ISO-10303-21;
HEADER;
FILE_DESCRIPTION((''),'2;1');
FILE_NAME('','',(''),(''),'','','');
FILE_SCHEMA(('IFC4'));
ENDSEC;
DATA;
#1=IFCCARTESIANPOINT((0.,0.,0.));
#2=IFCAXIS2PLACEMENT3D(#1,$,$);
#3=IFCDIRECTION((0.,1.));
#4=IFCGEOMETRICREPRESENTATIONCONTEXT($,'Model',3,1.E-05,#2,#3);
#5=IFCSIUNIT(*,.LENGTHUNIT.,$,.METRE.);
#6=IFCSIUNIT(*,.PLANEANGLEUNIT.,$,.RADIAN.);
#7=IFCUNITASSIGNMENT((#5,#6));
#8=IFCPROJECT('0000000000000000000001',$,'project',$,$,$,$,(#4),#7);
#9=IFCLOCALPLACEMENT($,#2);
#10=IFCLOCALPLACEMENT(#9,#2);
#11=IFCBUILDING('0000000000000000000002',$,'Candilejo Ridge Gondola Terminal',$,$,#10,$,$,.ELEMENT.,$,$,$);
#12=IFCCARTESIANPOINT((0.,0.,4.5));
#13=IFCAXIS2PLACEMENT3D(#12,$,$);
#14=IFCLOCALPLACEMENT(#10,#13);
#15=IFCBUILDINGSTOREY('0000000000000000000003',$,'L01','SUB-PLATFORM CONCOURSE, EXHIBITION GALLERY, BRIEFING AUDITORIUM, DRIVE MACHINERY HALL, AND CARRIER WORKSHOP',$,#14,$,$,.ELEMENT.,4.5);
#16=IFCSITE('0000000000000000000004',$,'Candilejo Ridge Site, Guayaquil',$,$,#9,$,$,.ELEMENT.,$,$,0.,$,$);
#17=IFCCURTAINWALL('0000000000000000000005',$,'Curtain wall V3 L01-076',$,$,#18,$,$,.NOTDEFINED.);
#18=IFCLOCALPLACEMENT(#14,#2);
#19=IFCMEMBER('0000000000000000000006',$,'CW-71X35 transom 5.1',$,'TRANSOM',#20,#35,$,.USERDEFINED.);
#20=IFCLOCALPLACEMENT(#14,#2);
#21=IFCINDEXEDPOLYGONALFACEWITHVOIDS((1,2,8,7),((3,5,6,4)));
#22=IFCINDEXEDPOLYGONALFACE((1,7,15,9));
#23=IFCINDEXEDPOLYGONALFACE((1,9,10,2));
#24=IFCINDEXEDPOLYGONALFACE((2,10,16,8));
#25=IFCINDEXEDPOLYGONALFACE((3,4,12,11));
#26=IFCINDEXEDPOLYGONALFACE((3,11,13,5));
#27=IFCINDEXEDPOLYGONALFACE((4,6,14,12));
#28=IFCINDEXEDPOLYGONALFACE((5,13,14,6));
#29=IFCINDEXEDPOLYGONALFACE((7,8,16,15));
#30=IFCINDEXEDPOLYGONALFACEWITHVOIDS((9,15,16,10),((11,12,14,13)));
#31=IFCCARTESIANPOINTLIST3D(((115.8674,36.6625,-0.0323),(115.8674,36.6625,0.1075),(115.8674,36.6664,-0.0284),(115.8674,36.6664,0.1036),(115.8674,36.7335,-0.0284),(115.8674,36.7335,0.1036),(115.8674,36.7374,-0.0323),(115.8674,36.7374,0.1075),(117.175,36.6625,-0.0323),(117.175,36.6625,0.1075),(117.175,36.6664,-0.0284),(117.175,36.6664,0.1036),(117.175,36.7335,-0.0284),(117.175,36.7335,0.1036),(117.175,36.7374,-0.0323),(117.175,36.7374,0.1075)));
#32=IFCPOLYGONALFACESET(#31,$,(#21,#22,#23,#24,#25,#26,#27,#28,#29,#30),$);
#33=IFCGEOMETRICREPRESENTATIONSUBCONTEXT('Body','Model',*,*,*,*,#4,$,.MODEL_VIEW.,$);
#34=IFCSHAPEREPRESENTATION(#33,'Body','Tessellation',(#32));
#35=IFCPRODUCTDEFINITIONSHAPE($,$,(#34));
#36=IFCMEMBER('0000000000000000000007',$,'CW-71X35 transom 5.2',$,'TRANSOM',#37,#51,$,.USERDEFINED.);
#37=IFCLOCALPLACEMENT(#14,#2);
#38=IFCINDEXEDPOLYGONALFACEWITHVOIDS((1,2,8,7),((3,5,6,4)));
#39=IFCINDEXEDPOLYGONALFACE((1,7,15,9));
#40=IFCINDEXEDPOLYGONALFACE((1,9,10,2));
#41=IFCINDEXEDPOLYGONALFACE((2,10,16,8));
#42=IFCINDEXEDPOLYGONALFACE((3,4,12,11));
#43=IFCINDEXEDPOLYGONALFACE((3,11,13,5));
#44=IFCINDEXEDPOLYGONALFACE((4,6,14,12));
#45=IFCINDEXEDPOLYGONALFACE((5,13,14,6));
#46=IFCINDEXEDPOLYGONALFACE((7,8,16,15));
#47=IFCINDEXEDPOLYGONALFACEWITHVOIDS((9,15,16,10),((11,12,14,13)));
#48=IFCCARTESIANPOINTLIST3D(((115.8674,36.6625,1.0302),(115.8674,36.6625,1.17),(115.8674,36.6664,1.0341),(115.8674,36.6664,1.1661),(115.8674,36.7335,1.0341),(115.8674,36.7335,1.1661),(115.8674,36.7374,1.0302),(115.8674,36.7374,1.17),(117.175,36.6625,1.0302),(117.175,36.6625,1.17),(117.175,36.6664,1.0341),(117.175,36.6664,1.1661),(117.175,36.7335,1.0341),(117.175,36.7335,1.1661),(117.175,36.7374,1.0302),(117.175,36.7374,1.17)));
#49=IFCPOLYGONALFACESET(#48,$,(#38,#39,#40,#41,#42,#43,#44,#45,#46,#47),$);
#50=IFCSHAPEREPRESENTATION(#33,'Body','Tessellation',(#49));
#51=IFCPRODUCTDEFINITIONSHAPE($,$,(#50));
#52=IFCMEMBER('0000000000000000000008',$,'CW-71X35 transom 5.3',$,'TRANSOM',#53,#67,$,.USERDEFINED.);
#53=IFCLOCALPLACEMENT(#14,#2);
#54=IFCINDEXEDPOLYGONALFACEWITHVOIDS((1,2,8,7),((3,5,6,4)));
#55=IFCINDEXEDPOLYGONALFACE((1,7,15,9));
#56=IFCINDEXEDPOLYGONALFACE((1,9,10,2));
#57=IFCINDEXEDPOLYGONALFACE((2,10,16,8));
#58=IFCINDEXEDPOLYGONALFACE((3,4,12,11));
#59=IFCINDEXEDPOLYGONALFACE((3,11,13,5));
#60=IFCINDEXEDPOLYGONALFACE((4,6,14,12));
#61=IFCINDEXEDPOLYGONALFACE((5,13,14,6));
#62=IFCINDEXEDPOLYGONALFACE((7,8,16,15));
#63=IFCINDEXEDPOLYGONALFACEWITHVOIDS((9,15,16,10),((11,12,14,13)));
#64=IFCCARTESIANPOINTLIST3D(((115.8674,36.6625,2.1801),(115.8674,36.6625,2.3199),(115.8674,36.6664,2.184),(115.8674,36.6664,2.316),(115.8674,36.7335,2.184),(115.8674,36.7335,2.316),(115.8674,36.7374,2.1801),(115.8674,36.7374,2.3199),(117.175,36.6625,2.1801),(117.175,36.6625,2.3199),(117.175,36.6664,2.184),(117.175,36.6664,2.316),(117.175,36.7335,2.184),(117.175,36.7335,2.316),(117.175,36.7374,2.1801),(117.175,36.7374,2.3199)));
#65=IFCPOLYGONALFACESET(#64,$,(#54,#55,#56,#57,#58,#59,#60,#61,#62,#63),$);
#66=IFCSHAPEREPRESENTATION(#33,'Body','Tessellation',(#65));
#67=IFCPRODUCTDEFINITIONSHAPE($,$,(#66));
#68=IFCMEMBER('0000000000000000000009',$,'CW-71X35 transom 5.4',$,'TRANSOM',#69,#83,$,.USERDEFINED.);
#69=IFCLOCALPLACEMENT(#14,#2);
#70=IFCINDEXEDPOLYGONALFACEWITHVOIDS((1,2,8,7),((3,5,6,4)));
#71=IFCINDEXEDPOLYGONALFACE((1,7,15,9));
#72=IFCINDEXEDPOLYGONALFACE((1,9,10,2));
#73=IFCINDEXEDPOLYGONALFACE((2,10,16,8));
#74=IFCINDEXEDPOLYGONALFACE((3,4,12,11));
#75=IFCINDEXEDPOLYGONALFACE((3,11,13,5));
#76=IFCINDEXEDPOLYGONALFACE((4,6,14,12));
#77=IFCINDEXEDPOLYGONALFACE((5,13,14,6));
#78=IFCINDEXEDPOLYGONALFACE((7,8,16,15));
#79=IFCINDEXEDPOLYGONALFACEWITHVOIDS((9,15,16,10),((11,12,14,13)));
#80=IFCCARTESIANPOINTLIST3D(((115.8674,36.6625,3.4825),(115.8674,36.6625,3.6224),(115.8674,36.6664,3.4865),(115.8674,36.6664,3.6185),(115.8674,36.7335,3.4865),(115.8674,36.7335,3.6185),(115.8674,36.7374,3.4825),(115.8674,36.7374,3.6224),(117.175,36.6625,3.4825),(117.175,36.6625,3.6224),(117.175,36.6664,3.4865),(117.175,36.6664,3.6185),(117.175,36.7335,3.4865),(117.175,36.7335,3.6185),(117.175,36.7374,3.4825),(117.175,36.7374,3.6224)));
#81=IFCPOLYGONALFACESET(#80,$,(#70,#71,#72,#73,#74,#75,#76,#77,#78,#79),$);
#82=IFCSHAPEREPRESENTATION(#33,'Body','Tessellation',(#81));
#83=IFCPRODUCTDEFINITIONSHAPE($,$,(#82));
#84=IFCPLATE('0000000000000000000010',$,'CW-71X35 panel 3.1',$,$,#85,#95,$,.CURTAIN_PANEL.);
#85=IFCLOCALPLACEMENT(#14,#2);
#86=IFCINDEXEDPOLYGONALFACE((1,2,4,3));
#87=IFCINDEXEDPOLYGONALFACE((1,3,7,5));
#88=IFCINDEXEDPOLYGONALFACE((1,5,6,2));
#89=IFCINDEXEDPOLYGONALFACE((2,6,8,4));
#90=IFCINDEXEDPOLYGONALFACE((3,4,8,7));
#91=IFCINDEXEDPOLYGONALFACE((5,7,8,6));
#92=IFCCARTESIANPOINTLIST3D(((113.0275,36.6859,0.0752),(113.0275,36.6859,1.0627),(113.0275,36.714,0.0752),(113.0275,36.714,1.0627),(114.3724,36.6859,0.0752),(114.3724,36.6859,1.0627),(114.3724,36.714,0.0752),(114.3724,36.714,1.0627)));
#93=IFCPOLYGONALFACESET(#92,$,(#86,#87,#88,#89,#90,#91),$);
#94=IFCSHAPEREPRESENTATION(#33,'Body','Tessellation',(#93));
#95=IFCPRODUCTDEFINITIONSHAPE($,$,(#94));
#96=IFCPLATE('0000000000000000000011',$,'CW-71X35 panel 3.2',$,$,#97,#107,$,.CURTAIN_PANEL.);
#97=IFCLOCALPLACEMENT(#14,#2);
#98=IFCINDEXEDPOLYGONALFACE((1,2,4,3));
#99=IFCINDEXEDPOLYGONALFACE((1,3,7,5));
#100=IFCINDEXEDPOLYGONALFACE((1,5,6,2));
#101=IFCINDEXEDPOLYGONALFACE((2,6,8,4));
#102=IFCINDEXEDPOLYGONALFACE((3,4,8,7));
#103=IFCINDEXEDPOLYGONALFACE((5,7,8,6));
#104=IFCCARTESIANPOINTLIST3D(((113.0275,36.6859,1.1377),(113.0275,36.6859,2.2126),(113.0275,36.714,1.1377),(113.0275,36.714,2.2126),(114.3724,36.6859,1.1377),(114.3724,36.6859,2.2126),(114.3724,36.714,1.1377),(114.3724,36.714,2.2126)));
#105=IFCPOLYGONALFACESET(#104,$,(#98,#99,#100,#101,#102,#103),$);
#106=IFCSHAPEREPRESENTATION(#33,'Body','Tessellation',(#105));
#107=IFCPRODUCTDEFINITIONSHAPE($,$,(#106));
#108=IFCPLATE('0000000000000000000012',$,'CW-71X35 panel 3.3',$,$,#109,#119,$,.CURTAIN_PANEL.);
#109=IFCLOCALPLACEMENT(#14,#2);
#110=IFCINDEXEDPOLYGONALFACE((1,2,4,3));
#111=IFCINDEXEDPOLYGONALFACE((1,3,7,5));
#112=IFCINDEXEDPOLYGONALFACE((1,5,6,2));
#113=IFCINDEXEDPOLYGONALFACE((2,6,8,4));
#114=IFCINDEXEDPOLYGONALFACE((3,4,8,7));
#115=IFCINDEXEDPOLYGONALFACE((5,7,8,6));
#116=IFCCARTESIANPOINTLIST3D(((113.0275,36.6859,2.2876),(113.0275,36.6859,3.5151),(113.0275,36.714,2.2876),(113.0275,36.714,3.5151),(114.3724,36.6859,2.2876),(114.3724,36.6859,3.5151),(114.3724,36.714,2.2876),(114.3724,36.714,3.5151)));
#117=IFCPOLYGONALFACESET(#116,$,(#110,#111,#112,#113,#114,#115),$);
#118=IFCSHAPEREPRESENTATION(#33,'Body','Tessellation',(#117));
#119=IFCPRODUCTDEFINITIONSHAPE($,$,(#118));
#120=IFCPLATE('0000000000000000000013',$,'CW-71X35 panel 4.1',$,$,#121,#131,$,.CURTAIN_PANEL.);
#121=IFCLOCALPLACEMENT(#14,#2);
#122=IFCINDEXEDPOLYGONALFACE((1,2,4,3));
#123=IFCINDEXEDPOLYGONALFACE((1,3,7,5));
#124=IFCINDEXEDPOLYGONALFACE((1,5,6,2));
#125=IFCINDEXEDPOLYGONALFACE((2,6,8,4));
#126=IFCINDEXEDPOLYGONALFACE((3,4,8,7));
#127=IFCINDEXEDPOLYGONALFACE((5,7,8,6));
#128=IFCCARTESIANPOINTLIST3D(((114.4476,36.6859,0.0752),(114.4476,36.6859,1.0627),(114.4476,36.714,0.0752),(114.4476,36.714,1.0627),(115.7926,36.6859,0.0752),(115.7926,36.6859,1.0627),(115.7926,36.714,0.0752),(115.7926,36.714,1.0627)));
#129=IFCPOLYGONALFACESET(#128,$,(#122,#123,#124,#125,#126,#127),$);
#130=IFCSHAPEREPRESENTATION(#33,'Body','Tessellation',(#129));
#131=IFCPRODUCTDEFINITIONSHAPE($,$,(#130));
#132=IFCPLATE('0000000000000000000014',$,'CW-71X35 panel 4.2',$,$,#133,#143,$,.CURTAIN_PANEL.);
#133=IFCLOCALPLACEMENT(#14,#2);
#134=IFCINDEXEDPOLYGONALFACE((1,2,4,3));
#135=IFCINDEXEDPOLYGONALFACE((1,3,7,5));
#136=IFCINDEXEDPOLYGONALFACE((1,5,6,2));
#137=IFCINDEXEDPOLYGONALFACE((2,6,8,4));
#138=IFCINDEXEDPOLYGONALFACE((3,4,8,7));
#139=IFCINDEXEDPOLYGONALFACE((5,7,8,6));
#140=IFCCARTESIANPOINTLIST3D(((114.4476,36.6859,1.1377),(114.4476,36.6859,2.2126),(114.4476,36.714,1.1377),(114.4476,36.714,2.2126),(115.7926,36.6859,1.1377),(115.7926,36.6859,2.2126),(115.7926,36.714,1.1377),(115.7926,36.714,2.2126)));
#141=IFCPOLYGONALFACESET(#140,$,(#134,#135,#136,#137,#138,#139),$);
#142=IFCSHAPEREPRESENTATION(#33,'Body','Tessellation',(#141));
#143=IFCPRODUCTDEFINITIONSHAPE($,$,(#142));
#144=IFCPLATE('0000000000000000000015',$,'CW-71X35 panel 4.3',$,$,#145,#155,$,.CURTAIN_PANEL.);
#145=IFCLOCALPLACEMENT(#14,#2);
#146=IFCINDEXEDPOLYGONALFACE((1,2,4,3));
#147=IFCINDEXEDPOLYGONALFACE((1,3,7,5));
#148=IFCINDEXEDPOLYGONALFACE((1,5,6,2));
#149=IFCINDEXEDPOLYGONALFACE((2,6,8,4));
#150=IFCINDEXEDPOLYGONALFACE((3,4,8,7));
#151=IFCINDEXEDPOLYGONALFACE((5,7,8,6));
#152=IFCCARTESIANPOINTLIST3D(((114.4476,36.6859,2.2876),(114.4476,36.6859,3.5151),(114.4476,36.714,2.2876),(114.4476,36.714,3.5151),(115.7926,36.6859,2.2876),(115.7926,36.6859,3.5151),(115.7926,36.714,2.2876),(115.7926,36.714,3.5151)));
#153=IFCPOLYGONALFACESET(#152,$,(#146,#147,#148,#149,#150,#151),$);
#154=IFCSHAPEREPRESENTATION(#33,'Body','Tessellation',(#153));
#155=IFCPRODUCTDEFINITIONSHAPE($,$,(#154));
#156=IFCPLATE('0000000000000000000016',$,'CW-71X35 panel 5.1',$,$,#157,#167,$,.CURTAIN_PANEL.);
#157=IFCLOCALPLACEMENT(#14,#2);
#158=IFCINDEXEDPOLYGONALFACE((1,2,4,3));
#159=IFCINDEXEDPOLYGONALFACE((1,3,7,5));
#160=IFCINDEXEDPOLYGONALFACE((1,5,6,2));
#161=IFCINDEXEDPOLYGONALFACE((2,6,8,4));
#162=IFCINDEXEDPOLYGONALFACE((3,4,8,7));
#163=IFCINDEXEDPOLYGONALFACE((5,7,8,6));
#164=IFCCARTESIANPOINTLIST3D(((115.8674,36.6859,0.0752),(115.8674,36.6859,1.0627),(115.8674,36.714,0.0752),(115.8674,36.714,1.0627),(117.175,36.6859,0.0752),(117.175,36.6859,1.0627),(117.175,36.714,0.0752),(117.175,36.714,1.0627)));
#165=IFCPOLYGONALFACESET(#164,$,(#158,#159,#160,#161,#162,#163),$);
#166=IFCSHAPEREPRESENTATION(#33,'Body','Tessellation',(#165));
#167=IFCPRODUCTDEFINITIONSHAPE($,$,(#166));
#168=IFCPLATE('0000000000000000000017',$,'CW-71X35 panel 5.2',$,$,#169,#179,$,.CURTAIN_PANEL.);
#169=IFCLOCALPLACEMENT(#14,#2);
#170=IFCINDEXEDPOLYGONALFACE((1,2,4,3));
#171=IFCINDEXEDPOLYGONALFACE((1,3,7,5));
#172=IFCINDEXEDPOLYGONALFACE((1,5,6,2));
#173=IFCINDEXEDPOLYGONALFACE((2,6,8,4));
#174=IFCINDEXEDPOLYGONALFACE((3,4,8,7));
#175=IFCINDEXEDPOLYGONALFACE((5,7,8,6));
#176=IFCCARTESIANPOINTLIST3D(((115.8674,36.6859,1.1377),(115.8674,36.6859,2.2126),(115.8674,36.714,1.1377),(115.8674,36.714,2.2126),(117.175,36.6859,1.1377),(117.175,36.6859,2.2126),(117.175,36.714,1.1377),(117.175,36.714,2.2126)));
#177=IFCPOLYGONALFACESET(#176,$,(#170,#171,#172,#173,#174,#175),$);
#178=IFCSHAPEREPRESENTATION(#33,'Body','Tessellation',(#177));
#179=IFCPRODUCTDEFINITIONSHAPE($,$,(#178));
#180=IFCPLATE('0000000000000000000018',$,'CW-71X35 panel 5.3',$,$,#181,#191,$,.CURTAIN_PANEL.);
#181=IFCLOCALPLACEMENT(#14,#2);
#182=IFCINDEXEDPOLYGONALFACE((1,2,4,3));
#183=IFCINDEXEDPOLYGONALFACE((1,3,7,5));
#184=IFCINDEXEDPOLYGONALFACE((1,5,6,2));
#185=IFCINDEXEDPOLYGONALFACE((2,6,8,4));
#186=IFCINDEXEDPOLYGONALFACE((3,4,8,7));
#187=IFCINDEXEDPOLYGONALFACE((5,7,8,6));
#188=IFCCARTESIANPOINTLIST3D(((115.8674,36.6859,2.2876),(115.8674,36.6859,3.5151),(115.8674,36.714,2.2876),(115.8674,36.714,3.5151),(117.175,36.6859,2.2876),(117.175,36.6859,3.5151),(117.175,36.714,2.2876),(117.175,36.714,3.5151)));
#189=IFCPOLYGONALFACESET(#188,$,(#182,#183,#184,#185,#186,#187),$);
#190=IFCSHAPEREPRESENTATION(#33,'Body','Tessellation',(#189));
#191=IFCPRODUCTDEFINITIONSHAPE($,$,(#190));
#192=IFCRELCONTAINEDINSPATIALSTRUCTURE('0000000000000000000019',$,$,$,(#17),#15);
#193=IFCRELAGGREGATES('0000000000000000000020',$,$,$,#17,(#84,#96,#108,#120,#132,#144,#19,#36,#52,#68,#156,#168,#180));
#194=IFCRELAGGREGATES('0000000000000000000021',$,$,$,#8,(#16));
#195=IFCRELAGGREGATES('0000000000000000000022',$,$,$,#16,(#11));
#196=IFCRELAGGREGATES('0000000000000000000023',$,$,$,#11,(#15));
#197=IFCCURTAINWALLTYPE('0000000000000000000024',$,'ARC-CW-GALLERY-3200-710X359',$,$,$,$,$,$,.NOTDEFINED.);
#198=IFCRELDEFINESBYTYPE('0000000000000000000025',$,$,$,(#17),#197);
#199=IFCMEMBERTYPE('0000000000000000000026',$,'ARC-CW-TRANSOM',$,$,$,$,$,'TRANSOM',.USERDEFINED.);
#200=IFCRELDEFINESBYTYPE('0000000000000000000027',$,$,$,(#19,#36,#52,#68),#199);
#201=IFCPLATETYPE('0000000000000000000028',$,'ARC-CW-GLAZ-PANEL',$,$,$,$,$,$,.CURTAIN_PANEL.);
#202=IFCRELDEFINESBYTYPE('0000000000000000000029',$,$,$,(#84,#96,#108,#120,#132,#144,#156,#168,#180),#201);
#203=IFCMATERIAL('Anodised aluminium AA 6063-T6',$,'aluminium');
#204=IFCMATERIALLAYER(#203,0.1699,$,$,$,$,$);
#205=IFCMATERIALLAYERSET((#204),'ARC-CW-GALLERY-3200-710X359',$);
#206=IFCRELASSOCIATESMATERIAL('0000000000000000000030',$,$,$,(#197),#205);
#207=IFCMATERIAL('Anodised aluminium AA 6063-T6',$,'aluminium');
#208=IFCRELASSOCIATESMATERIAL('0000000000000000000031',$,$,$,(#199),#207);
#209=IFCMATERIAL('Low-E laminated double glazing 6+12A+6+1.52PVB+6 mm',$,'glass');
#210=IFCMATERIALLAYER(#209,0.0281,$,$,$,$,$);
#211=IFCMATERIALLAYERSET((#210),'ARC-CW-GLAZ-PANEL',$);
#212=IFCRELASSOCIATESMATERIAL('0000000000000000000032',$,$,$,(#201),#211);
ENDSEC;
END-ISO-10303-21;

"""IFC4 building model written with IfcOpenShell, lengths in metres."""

from ifc_helpers import new_model, si_unit, direction, frame, origin, origin_2d, place, context, subcontext, project, spatial, rectangle, hollow_rectangle, extrude, material, layer, layer_set, material_profile, profile_set, type_object, element, aggregate, save


model = new_model("IFC4")

# Units and contexts
model_context = context("Model", 3, precision=1e-05, world=origin(), true_north=direction((0.0, 1.0)))
body_context = subcontext(model_context, "Body", "Model", "MODEL_VIEW")
ifc_project = project(units=[si_unit("LENGTHUNIT", "METRE"), si_unit("PLANEANGLEUNIT", "RADIAN")], contexts=[model_context])

# Site, building, storey
site_placement = place(None, origin())
site = spatial("IfcSite", under=ifc_project, at=site_placement, Name="Candilejo Ridge Site, Guayaquil", CompositionType="ELEMENT", RefElevation=0.0)
building_placement = place(site_placement, origin())
building = spatial("IfcBuilding", under=site, at=building_placement, Name="Candilejo Ridge Gondola Terminal", CompositionType="ELEMENT")
storey_placement = place(building_placement, frame((0.0, 0.0, 4.5)))
storey = spatial("IfcBuildingStorey", under=building, at=storey_placement, Name="L01", Description="SUB-PLATFORM CONCOURSE, EXHIBITION GALLERY, BRIEFING AUDITORIUM, DRIVE MACHINERY HALL, AND CARRIER WORKSHOP", CompositionType="ELEMENT", Elevation=4.5)

# Curtain wall, members, plates
ifc_material_1 = material(Name="Anodised aluminium AA 6063-T6", Category="aluminium")
ifc_layer_1 = layer(ifc_material_1, 0.1699)
ifc_layer_set_1 = layer_set([ifc_layer_1], Name="ARC-CW-GALLERY-3200-710X359")
curtain_wall_type = type_object("IfcCurtainWallType", Name="ARC-CW-GALLERY-3200-710X359", PredefinedType="NOTDEFINED", material=ifc_layer_set_1)
curtain_wall_placement = place(storey_placement, origin())
curtain_wall = element("IfcCurtainWall", 1, at=curtain_wall_placement, inside=storey, type_object=curtain_wall_type, Name="Curtain wall V3 L01-076", PredefinedType="NOTDEFINED")
ifc_material_2 = material(Name="Anodised aluminium AA 6063-T6", Category="aluminium")
ifc_material_profile_1 = material_profile(ifc_material_2, hollow_rectangle(XDim=0.075, YDim=0.1399, WallThickness=0.0039, at=origin_2d()))
ifc_profile_set_1 = profile_set([ifc_material_profile_1], Name="Anodised aluminium AA 6063-T6")
member_type_1 = type_object("IfcMemberType", Name="ARC-CW-TRANSOM", ElementType="TRANSOM", PredefinedType="USERDEFINED", material=ifc_profile_set_1)
member_1_placement = place(storey_placement, frame((115.8674, 36.7, 0.0376), z_axis=(1.0, 0.0, 0.0), x_axis=(0.0, 1.0, 0.0)))
member_1 = element("IfcMember", 2, at=member_1_placement, type_object=member_type_1, Name="CW-71X35 transom 5.1", ObjectType="TRANSOM", PredefinedType="USERDEFINED", context=body_context, shape_type="SweptSolid", body=[
    extrude(hollow_rectangle(XDim=0.075, YDim=0.1399, WallThickness=0.0039, at=origin_2d()), origin(), (0.0, 0.0, 1.0), 1.3076),
])
member_2_placement = place(storey_placement, frame((115.8674, 36.7, 1.1001), z_axis=(1.0, 0.0, 0.0), x_axis=(0.0, 1.0, 0.0)))
member_2 = element("IfcMember", 3, at=member_2_placement, type_object=member_type_1, Name="CW-71X35 transom 5.2", ObjectType="TRANSOM", PredefinedType="USERDEFINED", context=body_context, shape_type="SweptSolid", body=[
    extrude(hollow_rectangle(XDim=0.075, YDim=0.1399, WallThickness=0.0039, at=origin_2d()), origin(), (0.0, 0.0, 1.0), 1.3076),
])
member_3_placement = place(storey_placement, frame((115.8674, 36.7, 2.25), z_axis=(1.0, 0.0, 0.0), x_axis=(0.0, 1.0, 0.0)))
member_3 = element("IfcMember", 4, at=member_3_placement, type_object=member_type_1, Name="CW-71X35 transom 5.3", ObjectType="TRANSOM", PredefinedType="USERDEFINED", context=body_context, shape_type="SweptSolid", body=[
    extrude(hollow_rectangle(XDim=0.075, YDim=0.1399, WallThickness=0.0039, at=origin_2d()), origin(), (0.0, 0.0, 1.0), 1.3076),
])
member_4_placement = place(storey_placement, frame((115.8674, 36.7, 3.5525), z_axis=(1.0, 0.0, 0.0), x_axis=(0.0, 1.0, 0.0)))
member_4 = element("IfcMember", 5, at=member_4_placement, type_object=member_type_1, Name="CW-71X35 transom 5.4", ObjectType="TRANSOM", PredefinedType="USERDEFINED", context=body_context, shape_type="SweptSolid", body=[
    extrude(hollow_rectangle(XDim=0.075, YDim=0.1399, WallThickness=0.0039, at=origin_2d()), origin(), (0.0, 0.0, 1.0), 1.3076),
])
ifc_material_3 = material(Name="Low-E laminated double glazing 6+12A+6+1.52PVB+6 mm", Category="glass")
ifc_layer_2 = layer(ifc_material_3, 0.0281)
ifc_layer_set_2 = layer_set([ifc_layer_2], Name="ARC-CW-GLAZ-PANEL")
plate_type = type_object("IfcPlateType", Name="ARC-CW-GLAZ-PANEL", PredefinedType="CURTAIN_PANEL", material=ifc_layer_set_2)
plate_1_placement = place(storey_placement, frame((113.7, 36.7, 0.0752), z_axis=(0.0, 0.0, 1.0), x_axis=(1.0, 0.0, 0.0)))
plate_1 = element("IfcPlate", 6, at=plate_1_placement, type_object=plate_type, Name="CW-71X35 panel 3.1", PredefinedType="CURTAIN_PANEL", context=body_context, shape_type="SweptSolid", body=[
    extrude(rectangle(XDim=1.345, YDim=0.0281, at=origin_2d()), origin(), (0.0, 0.0, 1.0), 0.9875),
])
plate_2_placement = place(storey_placement, frame((113.7, 36.7, 1.1377), z_axis=(0.0, 0.0, 1.0), x_axis=(1.0, 0.0, 0.0)))
plate_2 = element("IfcPlate", 7, at=plate_2_placement, type_object=plate_type, Name="CW-71X35 panel 3.2", PredefinedType="CURTAIN_PANEL", context=body_context, shape_type="SweptSolid", body=[
    extrude(rectangle(XDim=1.345, YDim=0.0281, at=origin_2d()), origin(), (0.0, 0.0, 1.0), 1.075),
])
plate_3_placement = place(storey_placement, frame((113.7, 36.7, 2.2876), z_axis=(0.0, 0.0, 1.0), x_axis=(1.0, 0.0, 0.0)))
plate_3 = element("IfcPlate", 8, at=plate_3_placement, type_object=plate_type, Name="CW-71X35 panel 3.3", PredefinedType="CURTAIN_PANEL", context=body_context, shape_type="SweptSolid", body=[
    extrude(rectangle(XDim=1.345, YDim=0.0281, at=origin_2d()), origin(), (0.0, 0.0, 1.0), 1.2275),
])
plate_4_placement = place(storey_placement, frame((115.1201, 36.7, 0.0752), z_axis=(0.0, 0.0, 1.0), x_axis=(1.0, 0.0, 0.0)))
plate_4 = element("IfcPlate", 9, at=plate_4_placement, type_object=plate_type, Name="CW-71X35 panel 4.1", PredefinedType="CURTAIN_PANEL", context=body_context, shape_type="SweptSolid", body=[
    extrude(rectangle(XDim=1.345, YDim=0.0281, at=origin_2d()), origin(), (0.0, 0.0, 1.0), 0.9875),
])
plate_5_placement = place(storey_placement, frame((115.1201, 36.7, 1.1377), z_axis=(0.0, 0.0, 1.0), x_axis=(1.0, 0.0, 0.0)))
plate_5 = element("IfcPlate", 10, at=plate_5_placement, type_object=plate_type, Name="CW-71X35 panel 4.2", PredefinedType="CURTAIN_PANEL", context=body_context, shape_type="SweptSolid", body=[
    extrude(rectangle(XDim=1.345, YDim=0.0281, at=origin_2d()), origin(), (0.0, 0.0, 1.0), 1.075),
])
plate_6_placement = place(storey_placement, frame((115.1201, 36.7, 2.2876), z_axis=(0.0, 0.0, 1.0), x_axis=(1.0, 0.0, 0.0)))
plate_6 = element("IfcPlate", 11, at=plate_6_placement, type_object=plate_type, Name="CW-71X35 panel 4.3", PredefinedType="CURTAIN_PANEL", context=body_context, shape_type="SweptSolid", body=[
    extrude(rectangle(XDim=1.345, YDim=0.0281, at=origin_2d()), origin(), (0.0, 0.0, 1.0), 1.2275),
])
plate_7_placement = place(storey_placement, frame((116.5212, 36.7, 0.0752), z_axis=(0.0, 0.0, 1.0), x_axis=(1.0, 0.0, 0.0)))
plate_7 = element("IfcPlate", 12, at=plate_7_placement, type_object=plate_type, Name="CW-71X35 panel 5.1", PredefinedType="CURTAIN_PANEL", context=body_context, shape_type="SweptSolid", body=[
    extrude(rectangle(XDim=1.3076, YDim=0.0281, at=origin_2d()), origin(), (0.0, 0.0, 1.0), 0.9875),
])
plate_8_placement = place(storey_placement, frame((116.5212, 36.7, 1.1377), z_axis=(0.0, 0.0, 1.0), x_axis=(1.0, 0.0, 0.0)))
plate_8 = element("IfcPlate", 13, at=plate_8_placement, type_object=plate_type, Name="CW-71X35 panel 5.2", PredefinedType="CURTAIN_PANEL", context=body_context, shape_type="SweptSolid", body=[
    extrude(rectangle(XDim=1.3076, YDim=0.0281, at=origin_2d()), origin(), (0.0, 0.0, 1.0), 1.075),
])
plate_9_placement = place(storey_placement, frame((116.5212, 36.7, 2.2876), z_axis=(0.0, 0.0, 1.0), x_axis=(1.0, 0.0, 0.0)))
plate_9 = element("IfcPlate", 14, at=plate_9_placement, type_object=plate_type, Name="CW-71X35 panel 5.3", PredefinedType="CURTAIN_PANEL", context=body_context, shape_type="SweptSolid", body=[
    extrude(rectangle(XDim=1.3076, YDim=0.0281, at=origin_2d()), origin(), (0.0, 0.0, 1.0), 1.2275),
])
aggregate(curtain_wall, [plate_1, plate_2, plate_3, plate_4, plate_5, plate_6, member_1, member_2, member_3, member_4, plate_7, plate_8, plate_9])

save(model, "model.ifc")
